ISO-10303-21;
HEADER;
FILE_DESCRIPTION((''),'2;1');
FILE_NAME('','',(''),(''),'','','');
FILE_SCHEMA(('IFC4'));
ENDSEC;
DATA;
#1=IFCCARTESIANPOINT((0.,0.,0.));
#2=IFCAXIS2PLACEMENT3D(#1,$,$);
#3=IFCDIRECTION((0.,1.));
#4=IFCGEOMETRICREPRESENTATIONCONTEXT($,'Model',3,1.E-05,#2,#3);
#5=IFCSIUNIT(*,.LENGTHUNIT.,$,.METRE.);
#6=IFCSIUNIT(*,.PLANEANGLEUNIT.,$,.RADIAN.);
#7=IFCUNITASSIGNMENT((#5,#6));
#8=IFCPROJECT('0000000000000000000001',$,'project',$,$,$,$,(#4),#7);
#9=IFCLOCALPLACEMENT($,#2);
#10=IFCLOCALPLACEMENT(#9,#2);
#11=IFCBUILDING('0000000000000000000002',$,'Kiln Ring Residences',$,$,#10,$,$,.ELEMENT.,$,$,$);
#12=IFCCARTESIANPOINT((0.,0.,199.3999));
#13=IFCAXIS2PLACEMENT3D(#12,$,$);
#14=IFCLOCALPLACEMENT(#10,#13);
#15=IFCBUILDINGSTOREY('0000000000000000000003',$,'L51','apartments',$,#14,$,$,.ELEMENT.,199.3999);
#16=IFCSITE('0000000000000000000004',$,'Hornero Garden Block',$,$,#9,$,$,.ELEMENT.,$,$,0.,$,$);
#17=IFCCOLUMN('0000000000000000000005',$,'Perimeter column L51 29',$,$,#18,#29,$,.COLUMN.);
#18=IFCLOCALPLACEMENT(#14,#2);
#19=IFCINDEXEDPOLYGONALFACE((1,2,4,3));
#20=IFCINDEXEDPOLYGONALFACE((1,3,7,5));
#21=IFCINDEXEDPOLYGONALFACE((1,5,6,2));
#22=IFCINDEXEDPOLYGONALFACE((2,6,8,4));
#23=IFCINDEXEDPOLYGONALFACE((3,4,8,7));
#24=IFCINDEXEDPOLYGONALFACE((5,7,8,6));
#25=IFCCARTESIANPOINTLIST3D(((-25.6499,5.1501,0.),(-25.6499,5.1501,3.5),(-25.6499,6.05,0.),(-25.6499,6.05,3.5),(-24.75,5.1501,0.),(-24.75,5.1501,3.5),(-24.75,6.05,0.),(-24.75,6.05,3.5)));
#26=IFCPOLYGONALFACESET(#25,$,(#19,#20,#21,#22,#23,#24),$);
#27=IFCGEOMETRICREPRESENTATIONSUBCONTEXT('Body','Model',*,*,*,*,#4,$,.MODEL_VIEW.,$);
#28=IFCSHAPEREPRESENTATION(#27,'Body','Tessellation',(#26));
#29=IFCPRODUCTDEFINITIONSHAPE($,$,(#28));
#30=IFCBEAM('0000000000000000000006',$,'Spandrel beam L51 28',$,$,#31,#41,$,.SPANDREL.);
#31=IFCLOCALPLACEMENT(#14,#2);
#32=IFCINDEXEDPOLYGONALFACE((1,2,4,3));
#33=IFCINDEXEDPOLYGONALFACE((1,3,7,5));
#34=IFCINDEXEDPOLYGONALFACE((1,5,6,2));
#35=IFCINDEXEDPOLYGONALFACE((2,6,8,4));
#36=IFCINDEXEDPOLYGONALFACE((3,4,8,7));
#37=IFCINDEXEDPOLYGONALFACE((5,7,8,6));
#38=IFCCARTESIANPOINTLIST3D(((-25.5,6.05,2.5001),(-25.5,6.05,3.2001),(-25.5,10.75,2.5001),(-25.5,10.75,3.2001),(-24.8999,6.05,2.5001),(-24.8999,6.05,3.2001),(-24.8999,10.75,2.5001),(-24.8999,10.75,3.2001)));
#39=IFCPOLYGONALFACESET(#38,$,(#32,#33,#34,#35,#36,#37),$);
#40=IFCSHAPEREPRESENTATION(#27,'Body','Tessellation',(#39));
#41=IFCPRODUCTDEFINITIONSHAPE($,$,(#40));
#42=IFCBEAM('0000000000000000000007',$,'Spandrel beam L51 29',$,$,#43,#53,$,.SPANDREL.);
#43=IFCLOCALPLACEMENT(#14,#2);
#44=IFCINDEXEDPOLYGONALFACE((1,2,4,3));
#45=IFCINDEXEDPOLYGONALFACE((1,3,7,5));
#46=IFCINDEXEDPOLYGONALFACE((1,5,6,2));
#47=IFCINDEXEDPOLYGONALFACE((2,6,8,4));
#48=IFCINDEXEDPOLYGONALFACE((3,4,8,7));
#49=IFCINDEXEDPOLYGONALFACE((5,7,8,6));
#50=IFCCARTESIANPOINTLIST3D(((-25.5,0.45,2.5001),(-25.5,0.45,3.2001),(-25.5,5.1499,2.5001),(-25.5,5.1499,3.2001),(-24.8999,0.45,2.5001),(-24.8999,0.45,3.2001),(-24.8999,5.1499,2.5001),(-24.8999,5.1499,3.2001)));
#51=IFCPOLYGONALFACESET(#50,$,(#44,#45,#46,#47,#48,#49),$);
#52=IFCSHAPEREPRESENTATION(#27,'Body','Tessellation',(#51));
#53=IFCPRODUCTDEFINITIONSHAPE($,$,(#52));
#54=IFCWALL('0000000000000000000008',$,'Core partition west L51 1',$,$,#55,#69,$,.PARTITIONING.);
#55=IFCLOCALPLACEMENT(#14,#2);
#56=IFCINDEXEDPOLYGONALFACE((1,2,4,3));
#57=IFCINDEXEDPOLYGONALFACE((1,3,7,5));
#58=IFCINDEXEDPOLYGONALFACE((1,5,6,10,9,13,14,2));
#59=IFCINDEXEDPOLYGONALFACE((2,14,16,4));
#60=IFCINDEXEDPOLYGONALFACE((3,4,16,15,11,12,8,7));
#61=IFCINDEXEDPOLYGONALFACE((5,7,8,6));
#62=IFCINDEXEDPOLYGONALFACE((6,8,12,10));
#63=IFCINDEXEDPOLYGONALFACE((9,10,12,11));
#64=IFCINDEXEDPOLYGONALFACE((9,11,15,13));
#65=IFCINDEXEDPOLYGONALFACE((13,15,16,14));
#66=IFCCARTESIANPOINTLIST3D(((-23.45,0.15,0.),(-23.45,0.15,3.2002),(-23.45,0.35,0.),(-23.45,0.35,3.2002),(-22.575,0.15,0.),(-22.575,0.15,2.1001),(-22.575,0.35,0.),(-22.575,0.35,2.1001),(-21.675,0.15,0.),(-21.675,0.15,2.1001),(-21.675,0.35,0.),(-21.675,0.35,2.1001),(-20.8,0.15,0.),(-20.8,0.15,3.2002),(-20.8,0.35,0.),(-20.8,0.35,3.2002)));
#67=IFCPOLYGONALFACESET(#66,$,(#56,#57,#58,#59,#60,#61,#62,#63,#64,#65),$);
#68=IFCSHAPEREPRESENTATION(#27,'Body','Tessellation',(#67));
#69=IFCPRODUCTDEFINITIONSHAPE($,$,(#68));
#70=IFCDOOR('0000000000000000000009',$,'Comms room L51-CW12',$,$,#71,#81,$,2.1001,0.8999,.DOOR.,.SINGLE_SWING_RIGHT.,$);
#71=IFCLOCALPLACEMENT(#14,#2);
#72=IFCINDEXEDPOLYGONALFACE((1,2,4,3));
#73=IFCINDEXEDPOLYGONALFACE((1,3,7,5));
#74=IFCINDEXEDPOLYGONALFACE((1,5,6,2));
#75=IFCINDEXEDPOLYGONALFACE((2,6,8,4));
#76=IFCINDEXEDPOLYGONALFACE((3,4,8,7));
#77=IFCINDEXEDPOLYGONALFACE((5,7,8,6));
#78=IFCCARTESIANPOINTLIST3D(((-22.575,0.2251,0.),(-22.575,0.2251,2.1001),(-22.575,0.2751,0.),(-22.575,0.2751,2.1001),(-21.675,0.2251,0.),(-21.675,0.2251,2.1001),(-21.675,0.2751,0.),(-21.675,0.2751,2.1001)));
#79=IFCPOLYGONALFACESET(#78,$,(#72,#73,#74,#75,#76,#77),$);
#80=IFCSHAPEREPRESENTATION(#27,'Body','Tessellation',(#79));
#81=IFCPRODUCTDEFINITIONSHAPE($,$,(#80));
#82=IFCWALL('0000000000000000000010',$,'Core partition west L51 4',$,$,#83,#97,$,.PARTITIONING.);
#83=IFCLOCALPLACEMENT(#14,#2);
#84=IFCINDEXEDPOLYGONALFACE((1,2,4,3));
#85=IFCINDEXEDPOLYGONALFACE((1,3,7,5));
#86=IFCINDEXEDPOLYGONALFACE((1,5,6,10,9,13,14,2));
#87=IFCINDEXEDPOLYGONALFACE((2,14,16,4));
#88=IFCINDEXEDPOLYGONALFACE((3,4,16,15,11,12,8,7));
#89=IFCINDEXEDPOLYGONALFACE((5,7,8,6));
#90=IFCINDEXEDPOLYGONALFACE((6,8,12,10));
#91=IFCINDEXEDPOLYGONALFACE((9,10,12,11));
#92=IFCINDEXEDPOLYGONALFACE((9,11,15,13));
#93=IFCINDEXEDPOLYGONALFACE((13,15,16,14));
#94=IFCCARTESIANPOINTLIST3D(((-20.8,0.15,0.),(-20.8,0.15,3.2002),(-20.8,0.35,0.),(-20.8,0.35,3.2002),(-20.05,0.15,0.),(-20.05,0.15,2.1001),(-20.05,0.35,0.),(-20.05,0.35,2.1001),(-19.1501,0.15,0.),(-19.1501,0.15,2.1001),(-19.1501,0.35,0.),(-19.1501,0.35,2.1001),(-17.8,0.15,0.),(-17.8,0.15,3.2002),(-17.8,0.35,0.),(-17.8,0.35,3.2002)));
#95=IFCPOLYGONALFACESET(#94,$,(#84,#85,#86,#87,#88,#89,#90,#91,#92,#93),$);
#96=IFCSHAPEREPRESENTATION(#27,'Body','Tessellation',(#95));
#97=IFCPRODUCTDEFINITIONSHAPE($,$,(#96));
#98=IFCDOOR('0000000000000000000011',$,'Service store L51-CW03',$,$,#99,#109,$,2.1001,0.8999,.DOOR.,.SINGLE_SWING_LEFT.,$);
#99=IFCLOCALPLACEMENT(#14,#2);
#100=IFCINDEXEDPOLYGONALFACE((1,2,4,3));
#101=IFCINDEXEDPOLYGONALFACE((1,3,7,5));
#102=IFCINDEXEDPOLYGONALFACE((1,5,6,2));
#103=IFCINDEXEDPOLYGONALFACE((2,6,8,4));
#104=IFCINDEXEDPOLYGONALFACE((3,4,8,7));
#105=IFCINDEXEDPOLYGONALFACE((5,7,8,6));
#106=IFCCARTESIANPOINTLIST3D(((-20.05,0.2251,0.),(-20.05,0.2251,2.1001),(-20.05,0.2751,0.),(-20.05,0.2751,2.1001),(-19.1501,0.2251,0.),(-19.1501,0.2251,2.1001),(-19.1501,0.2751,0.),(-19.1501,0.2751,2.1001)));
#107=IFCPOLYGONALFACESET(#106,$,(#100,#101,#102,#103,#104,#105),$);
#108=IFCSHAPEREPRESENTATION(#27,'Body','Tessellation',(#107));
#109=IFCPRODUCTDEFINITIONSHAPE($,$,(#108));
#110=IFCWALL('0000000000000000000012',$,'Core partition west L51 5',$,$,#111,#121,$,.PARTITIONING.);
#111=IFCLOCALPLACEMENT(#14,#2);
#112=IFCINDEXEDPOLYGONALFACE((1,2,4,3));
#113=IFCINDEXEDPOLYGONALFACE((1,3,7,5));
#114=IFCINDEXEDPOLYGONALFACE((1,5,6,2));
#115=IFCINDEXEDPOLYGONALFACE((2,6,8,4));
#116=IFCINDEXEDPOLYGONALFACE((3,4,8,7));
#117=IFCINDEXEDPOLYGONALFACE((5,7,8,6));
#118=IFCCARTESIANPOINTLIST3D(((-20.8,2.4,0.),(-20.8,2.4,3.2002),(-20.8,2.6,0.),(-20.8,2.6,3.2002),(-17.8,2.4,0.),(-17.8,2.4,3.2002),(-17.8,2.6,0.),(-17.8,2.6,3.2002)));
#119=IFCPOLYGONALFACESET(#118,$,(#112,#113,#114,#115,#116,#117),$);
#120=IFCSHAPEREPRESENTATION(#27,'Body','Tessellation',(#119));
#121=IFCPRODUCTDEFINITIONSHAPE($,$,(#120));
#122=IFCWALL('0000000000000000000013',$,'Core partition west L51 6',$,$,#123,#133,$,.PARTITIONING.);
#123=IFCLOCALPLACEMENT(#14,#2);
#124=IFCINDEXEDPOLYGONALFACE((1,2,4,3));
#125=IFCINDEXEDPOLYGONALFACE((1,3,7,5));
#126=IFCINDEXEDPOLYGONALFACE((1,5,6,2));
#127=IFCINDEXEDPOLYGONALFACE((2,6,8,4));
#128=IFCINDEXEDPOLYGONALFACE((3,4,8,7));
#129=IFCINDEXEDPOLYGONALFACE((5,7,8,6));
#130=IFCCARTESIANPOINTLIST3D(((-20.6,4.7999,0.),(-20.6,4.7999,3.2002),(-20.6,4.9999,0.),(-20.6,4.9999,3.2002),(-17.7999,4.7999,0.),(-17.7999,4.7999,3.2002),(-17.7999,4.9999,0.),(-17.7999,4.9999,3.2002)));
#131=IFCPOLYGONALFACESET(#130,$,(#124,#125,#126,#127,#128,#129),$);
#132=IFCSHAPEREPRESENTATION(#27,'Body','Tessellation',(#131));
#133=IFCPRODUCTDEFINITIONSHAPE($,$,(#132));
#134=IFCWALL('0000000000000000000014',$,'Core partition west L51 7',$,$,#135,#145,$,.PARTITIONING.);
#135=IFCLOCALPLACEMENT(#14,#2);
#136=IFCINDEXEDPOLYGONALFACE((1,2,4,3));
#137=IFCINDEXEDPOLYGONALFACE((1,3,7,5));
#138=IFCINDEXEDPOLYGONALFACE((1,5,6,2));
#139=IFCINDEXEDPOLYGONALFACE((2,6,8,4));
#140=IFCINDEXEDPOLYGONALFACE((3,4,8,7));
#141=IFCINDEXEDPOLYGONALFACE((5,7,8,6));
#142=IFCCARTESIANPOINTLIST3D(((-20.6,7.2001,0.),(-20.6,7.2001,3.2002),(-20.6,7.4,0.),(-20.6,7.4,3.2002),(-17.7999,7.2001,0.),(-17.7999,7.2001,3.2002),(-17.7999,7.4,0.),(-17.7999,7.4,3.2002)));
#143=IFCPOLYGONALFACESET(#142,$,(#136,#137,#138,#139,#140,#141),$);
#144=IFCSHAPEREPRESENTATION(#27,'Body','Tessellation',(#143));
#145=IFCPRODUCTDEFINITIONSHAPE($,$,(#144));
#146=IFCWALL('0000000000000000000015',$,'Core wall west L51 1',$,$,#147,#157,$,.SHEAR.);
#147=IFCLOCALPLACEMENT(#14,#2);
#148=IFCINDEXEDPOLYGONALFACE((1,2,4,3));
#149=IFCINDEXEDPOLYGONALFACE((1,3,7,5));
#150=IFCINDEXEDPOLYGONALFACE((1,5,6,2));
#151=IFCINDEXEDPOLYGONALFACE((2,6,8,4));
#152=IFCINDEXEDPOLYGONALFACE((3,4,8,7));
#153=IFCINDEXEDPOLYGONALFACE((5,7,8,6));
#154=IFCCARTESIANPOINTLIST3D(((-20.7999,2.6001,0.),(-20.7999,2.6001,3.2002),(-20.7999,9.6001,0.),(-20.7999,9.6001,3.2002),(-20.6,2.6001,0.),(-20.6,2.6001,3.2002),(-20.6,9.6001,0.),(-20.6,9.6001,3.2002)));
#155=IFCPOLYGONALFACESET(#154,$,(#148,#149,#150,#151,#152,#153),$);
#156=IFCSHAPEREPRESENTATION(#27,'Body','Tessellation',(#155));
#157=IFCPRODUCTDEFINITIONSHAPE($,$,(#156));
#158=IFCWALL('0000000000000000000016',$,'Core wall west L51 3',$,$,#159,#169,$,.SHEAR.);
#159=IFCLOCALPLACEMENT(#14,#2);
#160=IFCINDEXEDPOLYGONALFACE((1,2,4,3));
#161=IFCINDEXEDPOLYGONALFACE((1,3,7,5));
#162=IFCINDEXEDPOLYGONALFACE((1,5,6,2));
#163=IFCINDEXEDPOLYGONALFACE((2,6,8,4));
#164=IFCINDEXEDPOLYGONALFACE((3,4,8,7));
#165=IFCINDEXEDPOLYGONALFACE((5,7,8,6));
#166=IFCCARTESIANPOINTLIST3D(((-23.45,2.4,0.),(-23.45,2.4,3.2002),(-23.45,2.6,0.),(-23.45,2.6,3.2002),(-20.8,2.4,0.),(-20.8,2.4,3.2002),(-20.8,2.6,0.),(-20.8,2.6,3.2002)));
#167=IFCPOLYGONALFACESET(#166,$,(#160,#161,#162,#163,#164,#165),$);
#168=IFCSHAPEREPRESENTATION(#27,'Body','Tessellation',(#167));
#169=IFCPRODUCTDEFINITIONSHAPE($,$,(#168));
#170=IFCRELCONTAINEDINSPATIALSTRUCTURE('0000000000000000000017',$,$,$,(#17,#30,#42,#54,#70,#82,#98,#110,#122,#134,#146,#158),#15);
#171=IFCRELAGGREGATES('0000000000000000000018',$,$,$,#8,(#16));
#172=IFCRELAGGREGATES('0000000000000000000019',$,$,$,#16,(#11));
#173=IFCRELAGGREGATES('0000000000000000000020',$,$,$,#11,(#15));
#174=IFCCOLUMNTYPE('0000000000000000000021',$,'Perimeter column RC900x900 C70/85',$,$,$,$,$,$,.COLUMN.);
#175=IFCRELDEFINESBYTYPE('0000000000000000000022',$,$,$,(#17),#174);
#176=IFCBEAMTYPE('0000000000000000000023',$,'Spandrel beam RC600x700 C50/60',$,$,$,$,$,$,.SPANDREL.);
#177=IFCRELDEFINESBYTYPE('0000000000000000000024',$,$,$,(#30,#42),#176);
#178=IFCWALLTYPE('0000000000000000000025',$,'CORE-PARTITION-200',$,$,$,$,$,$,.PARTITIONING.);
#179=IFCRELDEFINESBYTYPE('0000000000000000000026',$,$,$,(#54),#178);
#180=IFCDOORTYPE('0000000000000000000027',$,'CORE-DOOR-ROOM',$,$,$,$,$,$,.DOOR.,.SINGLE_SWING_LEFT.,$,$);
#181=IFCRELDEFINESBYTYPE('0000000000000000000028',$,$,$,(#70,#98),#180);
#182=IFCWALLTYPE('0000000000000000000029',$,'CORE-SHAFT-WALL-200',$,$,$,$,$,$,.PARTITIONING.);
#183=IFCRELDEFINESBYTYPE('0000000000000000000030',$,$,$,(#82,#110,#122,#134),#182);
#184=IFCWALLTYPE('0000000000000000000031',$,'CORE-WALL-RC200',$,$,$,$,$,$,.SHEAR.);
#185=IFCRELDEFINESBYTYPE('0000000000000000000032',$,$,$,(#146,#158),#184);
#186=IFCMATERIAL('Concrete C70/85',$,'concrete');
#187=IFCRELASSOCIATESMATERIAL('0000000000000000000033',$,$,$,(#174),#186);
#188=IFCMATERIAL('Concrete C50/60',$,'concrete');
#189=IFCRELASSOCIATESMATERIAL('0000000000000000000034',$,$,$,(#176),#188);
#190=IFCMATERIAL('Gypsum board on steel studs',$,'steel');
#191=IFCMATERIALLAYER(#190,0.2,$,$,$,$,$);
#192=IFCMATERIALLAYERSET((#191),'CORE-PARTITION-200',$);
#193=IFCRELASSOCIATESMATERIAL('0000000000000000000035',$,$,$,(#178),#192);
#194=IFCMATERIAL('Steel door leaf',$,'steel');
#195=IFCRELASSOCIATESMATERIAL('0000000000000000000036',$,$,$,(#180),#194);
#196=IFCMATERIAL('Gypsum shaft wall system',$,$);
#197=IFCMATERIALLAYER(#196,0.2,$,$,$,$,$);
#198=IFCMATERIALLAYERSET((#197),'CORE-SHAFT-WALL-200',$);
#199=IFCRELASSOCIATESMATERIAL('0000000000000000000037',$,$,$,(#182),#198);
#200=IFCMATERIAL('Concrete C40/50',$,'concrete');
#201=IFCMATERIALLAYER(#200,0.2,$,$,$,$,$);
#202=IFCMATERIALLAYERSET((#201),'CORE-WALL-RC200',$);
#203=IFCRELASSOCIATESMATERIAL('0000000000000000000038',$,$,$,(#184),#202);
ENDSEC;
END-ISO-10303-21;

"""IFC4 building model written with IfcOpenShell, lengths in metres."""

from ifc_helpers import new_model, si_unit, direction, frame, frame_2d, origin, origin_2d, place, context, subcontext, project, spatial, rectangle, extrude, material, layer, layer_set, material_profile, profile_set, type_object, element, fill, save


model = new_model("IFC4")

# Units and contexts
model_context = context("Model", 3, precision=1e-05, world=origin(), true_north=direction((0.0, 1.0)))
body_context = subcontext(model_context, "Body", "Model", "MODEL_VIEW")
ifc_project = project(units=[si_unit("LENGTHUNIT", "METRE"), si_unit("PLANEANGLEUNIT", "RADIAN")], contexts=[model_context])

# Site, building, storey
site_placement = place(None, origin())
site = spatial("IfcSite", under=ifc_project, at=site_placement, Name="Hornero Garden Block", CompositionType="ELEMENT", RefElevation=0.0)
building_placement = place(site_placement, origin())
building = spatial("IfcBuilding", under=site, at=building_placement, Name="Kiln Ring Residences", CompositionType="ELEMENT")
storey_placement = place(building_placement, frame((0.0, 0.0, 199.3999)))
storey = spatial("IfcBuildingStorey", under=building, at=storey_placement, Name="L51", Description="apartments", CompositionType="ELEMENT", Elevation=199.3999)

# Column
ifc_material_1 = material(Name="Concrete C70/85", Category="concrete")
ifc_material_profile_1 = material_profile(ifc_material_1, rectangle(XDim=0.8999, YDim=0.8999, at=origin_2d()), Name="RC900x900")
ifc_profile_set_1 = profile_set([ifc_material_profile_1], Name="Concrete C70/85")
column_type = type_object("IfcColumnType", Name="Perimeter column RC900x900 C70/85", PredefinedType="COLUMN", material=ifc_profile_set_1)
column_placement = place(storey_placement, frame((-25.2, 5.6001, 0.0), z_axis=(0.0, 0.0, 1.0), x_axis=(1.0, 0.0, 0.0)))
element("IfcColumn", 1, at=column_placement, inside=storey, type_object=column_type, Name="Perimeter column L51 29", PredefinedType="COLUMN", context=body_context, shape_type="SweptSolid", body=[
    extrude(rectangle(XDim=0.8999, YDim=0.8999, at=origin_2d()), origin(), (0.0, 0.0, 1.0), 3.5),
])

# Beams
ifc_material_2 = material(Name="Concrete C50/60", Category="concrete")
ifc_material_profile_2 = material_profile(ifc_material_2, rectangle(XDim=0.6001, YDim=0.7, at=origin_2d()), Name="RC600x700")
ifc_profile_set_2 = profile_set([ifc_material_profile_2], Name="Concrete C50/60")
beam_type = type_object("IfcBeamType", Name="Spandrel beam RC600x700 C50/60", PredefinedType="SPANDREL", material=ifc_profile_set_2)
for number, where, z_axis, x_axis, name in (
    (2, (-25.2, 10.75, 2.8501), (0.0, -1.0, 0.0), (1.0, 0.0, 0.0), "Spandrel beam L51 28"),
    (3, (-25.2, 5.1499, 2.8501), (0.0, -1.0, 0.0), (1.0, 0.0, 0.0), "Spandrel beam L51 29"),
):
    element("IfcBeam", number, at=place(storey_placement, frame(where, z_axis=z_axis, x_axis=x_axis)), inside=storey, type_object=beam_type, Name=name, PredefinedType="SPANDREL", context=body_context, shape_type="SweptSolid", body=[
        extrude(rectangle(XDim=0.6001, YDim=0.7, at=origin_2d()), origin(), (0.0, 0.0, 1.0), 4.7),
    ])

# Walls, openings, doors
ifc_material_3 = material(Name="Gypsum board on steel studs", Category="steel")
ifc_layer_1 = layer(ifc_material_3, 0.2)
ifc_layer_set_1 = layer_set([ifc_layer_1], Name="CORE-PARTITION-200")
wall_type_1 = type_object("IfcWallType", Name="CORE-PARTITION-200", PredefinedType="PARTITIONING", material=ifc_layer_set_1)
wall_1_placement = place(storey_placement, frame((-20.8, 0.25, 0.0), z_axis=(0.0, 0.0, 1.0), x_axis=(-1.0, 0.0, 0.0)))
wall_1 = element("IfcWall", 4, at=wall_1_placement, inside=storey, type_object=wall_type_1, Name="Core partition west L51 1", PredefinedType="PARTITIONING", context=body_context, shape_type="SweptSolid", body=[
    extrude(rectangle(XDim=2.6499, YDim=0.2, at=frame_2d((1.325, 0.0))), origin(), (0.0, 0.0, 1.0), 3.2002),
])
opening_1_placement = place(wall_1_placement, frame((0.875, 0.0, 0.0)))
opening_1 = element("IfcOpeningElement", 5, at=opening_1_placement, cuts=wall_1, PredefinedType="OPENING", context=body_context, shape_type="SweptSolid", body=[
    extrude(rectangle(XDim=0.8999, YDim=2.1001, at=frame_2d((0.45, 1.05))), frame((0.0, 0.1099, 0.0), z_axis=(0.0, -1.0, 0.0), x_axis=(1.0, 0.0, 0.0)), (0.0, 0.0, 1.0), 0.22),
])
ifc_material_4 = material(Name="Steel door leaf", Category="steel")
door_type_1 = type_object("IfcDoorType", Name="CORE-DOOR-ROOM", OperationType="SINGLE_SWING_LEFT", PredefinedType="DOOR", material=ifc_material_4)
door_1_placement = place(opening_1_placement, origin())
door_1 = element("IfcDoor", 6, at=door_1_placement, inside=storey, type_object=door_type_1, Name="Comms room L51-CW12", OperationType="SINGLE_SWING_RIGHT", OverallHeight=2.1001, OverallWidth=0.8999, PredefinedType="DOOR", context=body_context, shape_type="SweptSolid", body=[
    extrude(rectangle(XDim=0.8999, YDim=2.1001, at=frame_2d((0.45, 1.05))), frame((0.0, 0.0249, 0.0), z_axis=(0.0, -1.0, 0.0), x_axis=(1.0, 0.0, 0.0)), (0.0, 0.0, 1.0), 0.05),
])
fill(opening_1, door_1)
ifc_material_5 = material(Name="Gypsum shaft wall system")
ifc_layer_2 = layer(ifc_material_5, 0.2)
ifc_layer_set_2 = layer_set([ifc_layer_2], Name="CORE-SHAFT-WALL-200")
wall_type_2 = type_object("IfcWallType", Name="CORE-SHAFT-WALL-200", PredefinedType="PARTITIONING", material=ifc_layer_set_2)
wall_2_placement = place(storey_placement, frame((-17.8, 0.25, 0.0), z_axis=(0.0, 0.0, 1.0), x_axis=(-1.0, 0.0, 0.0)))
wall_2 = element("IfcWall", 7, at=wall_2_placement, inside=storey, type_object=wall_type_2, Name="Core partition west L51 4", PredefinedType="PARTITIONING", context=body_context, shape_type="SweptSolid", body=[
    extrude(rectangle(XDim=3.0, YDim=0.2, at=frame_2d((1.5, 0.0))), origin(), (0.0, 0.0, 1.0), 3.2002),
])
opening_2_placement = place(wall_2_placement, frame((1.3501, 0.0, 0.0)))
opening_2 = element("IfcOpeningElement", 8, at=opening_2_placement, cuts=wall_2, PredefinedType="OPENING", context=body_context, shape_type="SweptSolid", body=[
    extrude(rectangle(XDim=0.8999, YDim=2.1001, at=frame_2d((0.45, 1.05))), frame((0.0, 0.1099, 0.0), z_axis=(0.0, -1.0, 0.0), x_axis=(1.0, 0.0, 0.0)), (0.0, 0.0, 1.0), 0.22),
])
door_2_placement = place(opening_2_placement, origin())
door_2 = element("IfcDoor", 9, at=door_2_placement, inside=storey, type_object=door_type_1, Name="Service store L51-CW03", OperationType="SINGLE_SWING_LEFT", OverallHeight=2.1001, OverallWidth=0.8999, PredefinedType="DOOR", context=body_context, shape_type="SweptSolid", body=[
    extrude(rectangle(XDim=0.8999, YDim=2.1001, at=frame_2d((0.45, 1.05))), frame((0.0, 0.0249, 0.0), z_axis=(0.0, -1.0, 0.0), x_axis=(1.0, 0.0, 0.0)), (0.0, 0.0, 1.0), 0.05),
])
fill(opening_2, door_2)

# Walls
wall_3_placement = place(storey_placement, frame((-17.8, 2.5, 0.0), z_axis=(0.0, 0.0, 1.0), x_axis=(-1.0, 0.0, 0.0)))
element("IfcWall", 10, at=wall_3_placement, inside=storey, type_object=wall_type_2, Name="Core partition west L51 5", PredefinedType="PARTITIONING", context=body_context, shape_type="SweptSolid", body=[
    extrude(rectangle(XDim=3.0, YDim=0.2, at=frame_2d((1.5, 0.0))), origin(), (0.0, 0.0, 1.0), 3.2002),
])
for number, where, z_axis, x_axis, name in (
    (11, (-17.8, 4.8999, 0.0), (0.0, 0.0, 1.0), (-1.0, 0.0, 0.0), "Core partition west L51 6"),
    (12, (-17.8, 7.3, 0.0), (0.0, 0.0, 1.0), (-1.0, 0.0, 0.0), "Core partition west L51 7"),
):
    element("IfcWall", number, at=place(storey_placement, frame(where, z_axis=z_axis, x_axis=x_axis)), inside=storey, type_object=wall_type_2, Name=name, PredefinedType="PARTITIONING", context=body_context, shape_type="SweptSolid", body=[
        extrude(rectangle(XDim=2.8, YDim=0.2, at=frame_2d((1.3999, 0.0))), origin(), (0.0, 0.0, 1.0), 3.2002),
    ])
ifc_material_6 = material(Name="Concrete C40/50", Category="concrete")
ifc_layer_3 = layer(ifc_material_6, 0.2)
ifc_layer_set_3 = layer_set([ifc_layer_3], Name="CORE-WALL-RC200")
wall_type_3 = type_object("IfcWallType", Name="CORE-WALL-RC200", PredefinedType="SHEAR", material=ifc_layer_set_3)
wall_4_placement = place(storey_placement, frame((-20.7, 2.6001, 0.0), z_axis=(0.0, 0.0, 1.0), x_axis=(0.0, 1.0, 0.0)))
element("IfcWall", 13, at=wall_4_placement, inside=storey, type_object=wall_type_3, Name="Core wall west L51 1", PredefinedType="SHEAR", context=body_context, shape_type="SweptSolid", body=[
    extrude(rectangle(XDim=7.0, YDim=0.2, at=frame_2d((3.5, 0.0))), origin(), (0.0, 0.0, 1.0), 3.2002),
])
wall_5_placement = place(storey_placement, frame((-20.8, 2.5, 0.0), z_axis=(0.0, 0.0, 1.0), x_axis=(-1.0, 0.0, 0.0)))
element("IfcWall", 14, at=wall_5_placement, inside=storey, type_object=wall_type_3, Name="Core wall west L51 3", PredefinedType="SHEAR", context=body_context, shape_type="SweptSolid", body=[
    extrude(rectangle(XDim=2.6499, YDim=0.2, at=frame_2d((1.325, 0.0))), origin(), (0.0, 0.0, 1.0), 3.2002),
])

save(model, "model.ifc")
